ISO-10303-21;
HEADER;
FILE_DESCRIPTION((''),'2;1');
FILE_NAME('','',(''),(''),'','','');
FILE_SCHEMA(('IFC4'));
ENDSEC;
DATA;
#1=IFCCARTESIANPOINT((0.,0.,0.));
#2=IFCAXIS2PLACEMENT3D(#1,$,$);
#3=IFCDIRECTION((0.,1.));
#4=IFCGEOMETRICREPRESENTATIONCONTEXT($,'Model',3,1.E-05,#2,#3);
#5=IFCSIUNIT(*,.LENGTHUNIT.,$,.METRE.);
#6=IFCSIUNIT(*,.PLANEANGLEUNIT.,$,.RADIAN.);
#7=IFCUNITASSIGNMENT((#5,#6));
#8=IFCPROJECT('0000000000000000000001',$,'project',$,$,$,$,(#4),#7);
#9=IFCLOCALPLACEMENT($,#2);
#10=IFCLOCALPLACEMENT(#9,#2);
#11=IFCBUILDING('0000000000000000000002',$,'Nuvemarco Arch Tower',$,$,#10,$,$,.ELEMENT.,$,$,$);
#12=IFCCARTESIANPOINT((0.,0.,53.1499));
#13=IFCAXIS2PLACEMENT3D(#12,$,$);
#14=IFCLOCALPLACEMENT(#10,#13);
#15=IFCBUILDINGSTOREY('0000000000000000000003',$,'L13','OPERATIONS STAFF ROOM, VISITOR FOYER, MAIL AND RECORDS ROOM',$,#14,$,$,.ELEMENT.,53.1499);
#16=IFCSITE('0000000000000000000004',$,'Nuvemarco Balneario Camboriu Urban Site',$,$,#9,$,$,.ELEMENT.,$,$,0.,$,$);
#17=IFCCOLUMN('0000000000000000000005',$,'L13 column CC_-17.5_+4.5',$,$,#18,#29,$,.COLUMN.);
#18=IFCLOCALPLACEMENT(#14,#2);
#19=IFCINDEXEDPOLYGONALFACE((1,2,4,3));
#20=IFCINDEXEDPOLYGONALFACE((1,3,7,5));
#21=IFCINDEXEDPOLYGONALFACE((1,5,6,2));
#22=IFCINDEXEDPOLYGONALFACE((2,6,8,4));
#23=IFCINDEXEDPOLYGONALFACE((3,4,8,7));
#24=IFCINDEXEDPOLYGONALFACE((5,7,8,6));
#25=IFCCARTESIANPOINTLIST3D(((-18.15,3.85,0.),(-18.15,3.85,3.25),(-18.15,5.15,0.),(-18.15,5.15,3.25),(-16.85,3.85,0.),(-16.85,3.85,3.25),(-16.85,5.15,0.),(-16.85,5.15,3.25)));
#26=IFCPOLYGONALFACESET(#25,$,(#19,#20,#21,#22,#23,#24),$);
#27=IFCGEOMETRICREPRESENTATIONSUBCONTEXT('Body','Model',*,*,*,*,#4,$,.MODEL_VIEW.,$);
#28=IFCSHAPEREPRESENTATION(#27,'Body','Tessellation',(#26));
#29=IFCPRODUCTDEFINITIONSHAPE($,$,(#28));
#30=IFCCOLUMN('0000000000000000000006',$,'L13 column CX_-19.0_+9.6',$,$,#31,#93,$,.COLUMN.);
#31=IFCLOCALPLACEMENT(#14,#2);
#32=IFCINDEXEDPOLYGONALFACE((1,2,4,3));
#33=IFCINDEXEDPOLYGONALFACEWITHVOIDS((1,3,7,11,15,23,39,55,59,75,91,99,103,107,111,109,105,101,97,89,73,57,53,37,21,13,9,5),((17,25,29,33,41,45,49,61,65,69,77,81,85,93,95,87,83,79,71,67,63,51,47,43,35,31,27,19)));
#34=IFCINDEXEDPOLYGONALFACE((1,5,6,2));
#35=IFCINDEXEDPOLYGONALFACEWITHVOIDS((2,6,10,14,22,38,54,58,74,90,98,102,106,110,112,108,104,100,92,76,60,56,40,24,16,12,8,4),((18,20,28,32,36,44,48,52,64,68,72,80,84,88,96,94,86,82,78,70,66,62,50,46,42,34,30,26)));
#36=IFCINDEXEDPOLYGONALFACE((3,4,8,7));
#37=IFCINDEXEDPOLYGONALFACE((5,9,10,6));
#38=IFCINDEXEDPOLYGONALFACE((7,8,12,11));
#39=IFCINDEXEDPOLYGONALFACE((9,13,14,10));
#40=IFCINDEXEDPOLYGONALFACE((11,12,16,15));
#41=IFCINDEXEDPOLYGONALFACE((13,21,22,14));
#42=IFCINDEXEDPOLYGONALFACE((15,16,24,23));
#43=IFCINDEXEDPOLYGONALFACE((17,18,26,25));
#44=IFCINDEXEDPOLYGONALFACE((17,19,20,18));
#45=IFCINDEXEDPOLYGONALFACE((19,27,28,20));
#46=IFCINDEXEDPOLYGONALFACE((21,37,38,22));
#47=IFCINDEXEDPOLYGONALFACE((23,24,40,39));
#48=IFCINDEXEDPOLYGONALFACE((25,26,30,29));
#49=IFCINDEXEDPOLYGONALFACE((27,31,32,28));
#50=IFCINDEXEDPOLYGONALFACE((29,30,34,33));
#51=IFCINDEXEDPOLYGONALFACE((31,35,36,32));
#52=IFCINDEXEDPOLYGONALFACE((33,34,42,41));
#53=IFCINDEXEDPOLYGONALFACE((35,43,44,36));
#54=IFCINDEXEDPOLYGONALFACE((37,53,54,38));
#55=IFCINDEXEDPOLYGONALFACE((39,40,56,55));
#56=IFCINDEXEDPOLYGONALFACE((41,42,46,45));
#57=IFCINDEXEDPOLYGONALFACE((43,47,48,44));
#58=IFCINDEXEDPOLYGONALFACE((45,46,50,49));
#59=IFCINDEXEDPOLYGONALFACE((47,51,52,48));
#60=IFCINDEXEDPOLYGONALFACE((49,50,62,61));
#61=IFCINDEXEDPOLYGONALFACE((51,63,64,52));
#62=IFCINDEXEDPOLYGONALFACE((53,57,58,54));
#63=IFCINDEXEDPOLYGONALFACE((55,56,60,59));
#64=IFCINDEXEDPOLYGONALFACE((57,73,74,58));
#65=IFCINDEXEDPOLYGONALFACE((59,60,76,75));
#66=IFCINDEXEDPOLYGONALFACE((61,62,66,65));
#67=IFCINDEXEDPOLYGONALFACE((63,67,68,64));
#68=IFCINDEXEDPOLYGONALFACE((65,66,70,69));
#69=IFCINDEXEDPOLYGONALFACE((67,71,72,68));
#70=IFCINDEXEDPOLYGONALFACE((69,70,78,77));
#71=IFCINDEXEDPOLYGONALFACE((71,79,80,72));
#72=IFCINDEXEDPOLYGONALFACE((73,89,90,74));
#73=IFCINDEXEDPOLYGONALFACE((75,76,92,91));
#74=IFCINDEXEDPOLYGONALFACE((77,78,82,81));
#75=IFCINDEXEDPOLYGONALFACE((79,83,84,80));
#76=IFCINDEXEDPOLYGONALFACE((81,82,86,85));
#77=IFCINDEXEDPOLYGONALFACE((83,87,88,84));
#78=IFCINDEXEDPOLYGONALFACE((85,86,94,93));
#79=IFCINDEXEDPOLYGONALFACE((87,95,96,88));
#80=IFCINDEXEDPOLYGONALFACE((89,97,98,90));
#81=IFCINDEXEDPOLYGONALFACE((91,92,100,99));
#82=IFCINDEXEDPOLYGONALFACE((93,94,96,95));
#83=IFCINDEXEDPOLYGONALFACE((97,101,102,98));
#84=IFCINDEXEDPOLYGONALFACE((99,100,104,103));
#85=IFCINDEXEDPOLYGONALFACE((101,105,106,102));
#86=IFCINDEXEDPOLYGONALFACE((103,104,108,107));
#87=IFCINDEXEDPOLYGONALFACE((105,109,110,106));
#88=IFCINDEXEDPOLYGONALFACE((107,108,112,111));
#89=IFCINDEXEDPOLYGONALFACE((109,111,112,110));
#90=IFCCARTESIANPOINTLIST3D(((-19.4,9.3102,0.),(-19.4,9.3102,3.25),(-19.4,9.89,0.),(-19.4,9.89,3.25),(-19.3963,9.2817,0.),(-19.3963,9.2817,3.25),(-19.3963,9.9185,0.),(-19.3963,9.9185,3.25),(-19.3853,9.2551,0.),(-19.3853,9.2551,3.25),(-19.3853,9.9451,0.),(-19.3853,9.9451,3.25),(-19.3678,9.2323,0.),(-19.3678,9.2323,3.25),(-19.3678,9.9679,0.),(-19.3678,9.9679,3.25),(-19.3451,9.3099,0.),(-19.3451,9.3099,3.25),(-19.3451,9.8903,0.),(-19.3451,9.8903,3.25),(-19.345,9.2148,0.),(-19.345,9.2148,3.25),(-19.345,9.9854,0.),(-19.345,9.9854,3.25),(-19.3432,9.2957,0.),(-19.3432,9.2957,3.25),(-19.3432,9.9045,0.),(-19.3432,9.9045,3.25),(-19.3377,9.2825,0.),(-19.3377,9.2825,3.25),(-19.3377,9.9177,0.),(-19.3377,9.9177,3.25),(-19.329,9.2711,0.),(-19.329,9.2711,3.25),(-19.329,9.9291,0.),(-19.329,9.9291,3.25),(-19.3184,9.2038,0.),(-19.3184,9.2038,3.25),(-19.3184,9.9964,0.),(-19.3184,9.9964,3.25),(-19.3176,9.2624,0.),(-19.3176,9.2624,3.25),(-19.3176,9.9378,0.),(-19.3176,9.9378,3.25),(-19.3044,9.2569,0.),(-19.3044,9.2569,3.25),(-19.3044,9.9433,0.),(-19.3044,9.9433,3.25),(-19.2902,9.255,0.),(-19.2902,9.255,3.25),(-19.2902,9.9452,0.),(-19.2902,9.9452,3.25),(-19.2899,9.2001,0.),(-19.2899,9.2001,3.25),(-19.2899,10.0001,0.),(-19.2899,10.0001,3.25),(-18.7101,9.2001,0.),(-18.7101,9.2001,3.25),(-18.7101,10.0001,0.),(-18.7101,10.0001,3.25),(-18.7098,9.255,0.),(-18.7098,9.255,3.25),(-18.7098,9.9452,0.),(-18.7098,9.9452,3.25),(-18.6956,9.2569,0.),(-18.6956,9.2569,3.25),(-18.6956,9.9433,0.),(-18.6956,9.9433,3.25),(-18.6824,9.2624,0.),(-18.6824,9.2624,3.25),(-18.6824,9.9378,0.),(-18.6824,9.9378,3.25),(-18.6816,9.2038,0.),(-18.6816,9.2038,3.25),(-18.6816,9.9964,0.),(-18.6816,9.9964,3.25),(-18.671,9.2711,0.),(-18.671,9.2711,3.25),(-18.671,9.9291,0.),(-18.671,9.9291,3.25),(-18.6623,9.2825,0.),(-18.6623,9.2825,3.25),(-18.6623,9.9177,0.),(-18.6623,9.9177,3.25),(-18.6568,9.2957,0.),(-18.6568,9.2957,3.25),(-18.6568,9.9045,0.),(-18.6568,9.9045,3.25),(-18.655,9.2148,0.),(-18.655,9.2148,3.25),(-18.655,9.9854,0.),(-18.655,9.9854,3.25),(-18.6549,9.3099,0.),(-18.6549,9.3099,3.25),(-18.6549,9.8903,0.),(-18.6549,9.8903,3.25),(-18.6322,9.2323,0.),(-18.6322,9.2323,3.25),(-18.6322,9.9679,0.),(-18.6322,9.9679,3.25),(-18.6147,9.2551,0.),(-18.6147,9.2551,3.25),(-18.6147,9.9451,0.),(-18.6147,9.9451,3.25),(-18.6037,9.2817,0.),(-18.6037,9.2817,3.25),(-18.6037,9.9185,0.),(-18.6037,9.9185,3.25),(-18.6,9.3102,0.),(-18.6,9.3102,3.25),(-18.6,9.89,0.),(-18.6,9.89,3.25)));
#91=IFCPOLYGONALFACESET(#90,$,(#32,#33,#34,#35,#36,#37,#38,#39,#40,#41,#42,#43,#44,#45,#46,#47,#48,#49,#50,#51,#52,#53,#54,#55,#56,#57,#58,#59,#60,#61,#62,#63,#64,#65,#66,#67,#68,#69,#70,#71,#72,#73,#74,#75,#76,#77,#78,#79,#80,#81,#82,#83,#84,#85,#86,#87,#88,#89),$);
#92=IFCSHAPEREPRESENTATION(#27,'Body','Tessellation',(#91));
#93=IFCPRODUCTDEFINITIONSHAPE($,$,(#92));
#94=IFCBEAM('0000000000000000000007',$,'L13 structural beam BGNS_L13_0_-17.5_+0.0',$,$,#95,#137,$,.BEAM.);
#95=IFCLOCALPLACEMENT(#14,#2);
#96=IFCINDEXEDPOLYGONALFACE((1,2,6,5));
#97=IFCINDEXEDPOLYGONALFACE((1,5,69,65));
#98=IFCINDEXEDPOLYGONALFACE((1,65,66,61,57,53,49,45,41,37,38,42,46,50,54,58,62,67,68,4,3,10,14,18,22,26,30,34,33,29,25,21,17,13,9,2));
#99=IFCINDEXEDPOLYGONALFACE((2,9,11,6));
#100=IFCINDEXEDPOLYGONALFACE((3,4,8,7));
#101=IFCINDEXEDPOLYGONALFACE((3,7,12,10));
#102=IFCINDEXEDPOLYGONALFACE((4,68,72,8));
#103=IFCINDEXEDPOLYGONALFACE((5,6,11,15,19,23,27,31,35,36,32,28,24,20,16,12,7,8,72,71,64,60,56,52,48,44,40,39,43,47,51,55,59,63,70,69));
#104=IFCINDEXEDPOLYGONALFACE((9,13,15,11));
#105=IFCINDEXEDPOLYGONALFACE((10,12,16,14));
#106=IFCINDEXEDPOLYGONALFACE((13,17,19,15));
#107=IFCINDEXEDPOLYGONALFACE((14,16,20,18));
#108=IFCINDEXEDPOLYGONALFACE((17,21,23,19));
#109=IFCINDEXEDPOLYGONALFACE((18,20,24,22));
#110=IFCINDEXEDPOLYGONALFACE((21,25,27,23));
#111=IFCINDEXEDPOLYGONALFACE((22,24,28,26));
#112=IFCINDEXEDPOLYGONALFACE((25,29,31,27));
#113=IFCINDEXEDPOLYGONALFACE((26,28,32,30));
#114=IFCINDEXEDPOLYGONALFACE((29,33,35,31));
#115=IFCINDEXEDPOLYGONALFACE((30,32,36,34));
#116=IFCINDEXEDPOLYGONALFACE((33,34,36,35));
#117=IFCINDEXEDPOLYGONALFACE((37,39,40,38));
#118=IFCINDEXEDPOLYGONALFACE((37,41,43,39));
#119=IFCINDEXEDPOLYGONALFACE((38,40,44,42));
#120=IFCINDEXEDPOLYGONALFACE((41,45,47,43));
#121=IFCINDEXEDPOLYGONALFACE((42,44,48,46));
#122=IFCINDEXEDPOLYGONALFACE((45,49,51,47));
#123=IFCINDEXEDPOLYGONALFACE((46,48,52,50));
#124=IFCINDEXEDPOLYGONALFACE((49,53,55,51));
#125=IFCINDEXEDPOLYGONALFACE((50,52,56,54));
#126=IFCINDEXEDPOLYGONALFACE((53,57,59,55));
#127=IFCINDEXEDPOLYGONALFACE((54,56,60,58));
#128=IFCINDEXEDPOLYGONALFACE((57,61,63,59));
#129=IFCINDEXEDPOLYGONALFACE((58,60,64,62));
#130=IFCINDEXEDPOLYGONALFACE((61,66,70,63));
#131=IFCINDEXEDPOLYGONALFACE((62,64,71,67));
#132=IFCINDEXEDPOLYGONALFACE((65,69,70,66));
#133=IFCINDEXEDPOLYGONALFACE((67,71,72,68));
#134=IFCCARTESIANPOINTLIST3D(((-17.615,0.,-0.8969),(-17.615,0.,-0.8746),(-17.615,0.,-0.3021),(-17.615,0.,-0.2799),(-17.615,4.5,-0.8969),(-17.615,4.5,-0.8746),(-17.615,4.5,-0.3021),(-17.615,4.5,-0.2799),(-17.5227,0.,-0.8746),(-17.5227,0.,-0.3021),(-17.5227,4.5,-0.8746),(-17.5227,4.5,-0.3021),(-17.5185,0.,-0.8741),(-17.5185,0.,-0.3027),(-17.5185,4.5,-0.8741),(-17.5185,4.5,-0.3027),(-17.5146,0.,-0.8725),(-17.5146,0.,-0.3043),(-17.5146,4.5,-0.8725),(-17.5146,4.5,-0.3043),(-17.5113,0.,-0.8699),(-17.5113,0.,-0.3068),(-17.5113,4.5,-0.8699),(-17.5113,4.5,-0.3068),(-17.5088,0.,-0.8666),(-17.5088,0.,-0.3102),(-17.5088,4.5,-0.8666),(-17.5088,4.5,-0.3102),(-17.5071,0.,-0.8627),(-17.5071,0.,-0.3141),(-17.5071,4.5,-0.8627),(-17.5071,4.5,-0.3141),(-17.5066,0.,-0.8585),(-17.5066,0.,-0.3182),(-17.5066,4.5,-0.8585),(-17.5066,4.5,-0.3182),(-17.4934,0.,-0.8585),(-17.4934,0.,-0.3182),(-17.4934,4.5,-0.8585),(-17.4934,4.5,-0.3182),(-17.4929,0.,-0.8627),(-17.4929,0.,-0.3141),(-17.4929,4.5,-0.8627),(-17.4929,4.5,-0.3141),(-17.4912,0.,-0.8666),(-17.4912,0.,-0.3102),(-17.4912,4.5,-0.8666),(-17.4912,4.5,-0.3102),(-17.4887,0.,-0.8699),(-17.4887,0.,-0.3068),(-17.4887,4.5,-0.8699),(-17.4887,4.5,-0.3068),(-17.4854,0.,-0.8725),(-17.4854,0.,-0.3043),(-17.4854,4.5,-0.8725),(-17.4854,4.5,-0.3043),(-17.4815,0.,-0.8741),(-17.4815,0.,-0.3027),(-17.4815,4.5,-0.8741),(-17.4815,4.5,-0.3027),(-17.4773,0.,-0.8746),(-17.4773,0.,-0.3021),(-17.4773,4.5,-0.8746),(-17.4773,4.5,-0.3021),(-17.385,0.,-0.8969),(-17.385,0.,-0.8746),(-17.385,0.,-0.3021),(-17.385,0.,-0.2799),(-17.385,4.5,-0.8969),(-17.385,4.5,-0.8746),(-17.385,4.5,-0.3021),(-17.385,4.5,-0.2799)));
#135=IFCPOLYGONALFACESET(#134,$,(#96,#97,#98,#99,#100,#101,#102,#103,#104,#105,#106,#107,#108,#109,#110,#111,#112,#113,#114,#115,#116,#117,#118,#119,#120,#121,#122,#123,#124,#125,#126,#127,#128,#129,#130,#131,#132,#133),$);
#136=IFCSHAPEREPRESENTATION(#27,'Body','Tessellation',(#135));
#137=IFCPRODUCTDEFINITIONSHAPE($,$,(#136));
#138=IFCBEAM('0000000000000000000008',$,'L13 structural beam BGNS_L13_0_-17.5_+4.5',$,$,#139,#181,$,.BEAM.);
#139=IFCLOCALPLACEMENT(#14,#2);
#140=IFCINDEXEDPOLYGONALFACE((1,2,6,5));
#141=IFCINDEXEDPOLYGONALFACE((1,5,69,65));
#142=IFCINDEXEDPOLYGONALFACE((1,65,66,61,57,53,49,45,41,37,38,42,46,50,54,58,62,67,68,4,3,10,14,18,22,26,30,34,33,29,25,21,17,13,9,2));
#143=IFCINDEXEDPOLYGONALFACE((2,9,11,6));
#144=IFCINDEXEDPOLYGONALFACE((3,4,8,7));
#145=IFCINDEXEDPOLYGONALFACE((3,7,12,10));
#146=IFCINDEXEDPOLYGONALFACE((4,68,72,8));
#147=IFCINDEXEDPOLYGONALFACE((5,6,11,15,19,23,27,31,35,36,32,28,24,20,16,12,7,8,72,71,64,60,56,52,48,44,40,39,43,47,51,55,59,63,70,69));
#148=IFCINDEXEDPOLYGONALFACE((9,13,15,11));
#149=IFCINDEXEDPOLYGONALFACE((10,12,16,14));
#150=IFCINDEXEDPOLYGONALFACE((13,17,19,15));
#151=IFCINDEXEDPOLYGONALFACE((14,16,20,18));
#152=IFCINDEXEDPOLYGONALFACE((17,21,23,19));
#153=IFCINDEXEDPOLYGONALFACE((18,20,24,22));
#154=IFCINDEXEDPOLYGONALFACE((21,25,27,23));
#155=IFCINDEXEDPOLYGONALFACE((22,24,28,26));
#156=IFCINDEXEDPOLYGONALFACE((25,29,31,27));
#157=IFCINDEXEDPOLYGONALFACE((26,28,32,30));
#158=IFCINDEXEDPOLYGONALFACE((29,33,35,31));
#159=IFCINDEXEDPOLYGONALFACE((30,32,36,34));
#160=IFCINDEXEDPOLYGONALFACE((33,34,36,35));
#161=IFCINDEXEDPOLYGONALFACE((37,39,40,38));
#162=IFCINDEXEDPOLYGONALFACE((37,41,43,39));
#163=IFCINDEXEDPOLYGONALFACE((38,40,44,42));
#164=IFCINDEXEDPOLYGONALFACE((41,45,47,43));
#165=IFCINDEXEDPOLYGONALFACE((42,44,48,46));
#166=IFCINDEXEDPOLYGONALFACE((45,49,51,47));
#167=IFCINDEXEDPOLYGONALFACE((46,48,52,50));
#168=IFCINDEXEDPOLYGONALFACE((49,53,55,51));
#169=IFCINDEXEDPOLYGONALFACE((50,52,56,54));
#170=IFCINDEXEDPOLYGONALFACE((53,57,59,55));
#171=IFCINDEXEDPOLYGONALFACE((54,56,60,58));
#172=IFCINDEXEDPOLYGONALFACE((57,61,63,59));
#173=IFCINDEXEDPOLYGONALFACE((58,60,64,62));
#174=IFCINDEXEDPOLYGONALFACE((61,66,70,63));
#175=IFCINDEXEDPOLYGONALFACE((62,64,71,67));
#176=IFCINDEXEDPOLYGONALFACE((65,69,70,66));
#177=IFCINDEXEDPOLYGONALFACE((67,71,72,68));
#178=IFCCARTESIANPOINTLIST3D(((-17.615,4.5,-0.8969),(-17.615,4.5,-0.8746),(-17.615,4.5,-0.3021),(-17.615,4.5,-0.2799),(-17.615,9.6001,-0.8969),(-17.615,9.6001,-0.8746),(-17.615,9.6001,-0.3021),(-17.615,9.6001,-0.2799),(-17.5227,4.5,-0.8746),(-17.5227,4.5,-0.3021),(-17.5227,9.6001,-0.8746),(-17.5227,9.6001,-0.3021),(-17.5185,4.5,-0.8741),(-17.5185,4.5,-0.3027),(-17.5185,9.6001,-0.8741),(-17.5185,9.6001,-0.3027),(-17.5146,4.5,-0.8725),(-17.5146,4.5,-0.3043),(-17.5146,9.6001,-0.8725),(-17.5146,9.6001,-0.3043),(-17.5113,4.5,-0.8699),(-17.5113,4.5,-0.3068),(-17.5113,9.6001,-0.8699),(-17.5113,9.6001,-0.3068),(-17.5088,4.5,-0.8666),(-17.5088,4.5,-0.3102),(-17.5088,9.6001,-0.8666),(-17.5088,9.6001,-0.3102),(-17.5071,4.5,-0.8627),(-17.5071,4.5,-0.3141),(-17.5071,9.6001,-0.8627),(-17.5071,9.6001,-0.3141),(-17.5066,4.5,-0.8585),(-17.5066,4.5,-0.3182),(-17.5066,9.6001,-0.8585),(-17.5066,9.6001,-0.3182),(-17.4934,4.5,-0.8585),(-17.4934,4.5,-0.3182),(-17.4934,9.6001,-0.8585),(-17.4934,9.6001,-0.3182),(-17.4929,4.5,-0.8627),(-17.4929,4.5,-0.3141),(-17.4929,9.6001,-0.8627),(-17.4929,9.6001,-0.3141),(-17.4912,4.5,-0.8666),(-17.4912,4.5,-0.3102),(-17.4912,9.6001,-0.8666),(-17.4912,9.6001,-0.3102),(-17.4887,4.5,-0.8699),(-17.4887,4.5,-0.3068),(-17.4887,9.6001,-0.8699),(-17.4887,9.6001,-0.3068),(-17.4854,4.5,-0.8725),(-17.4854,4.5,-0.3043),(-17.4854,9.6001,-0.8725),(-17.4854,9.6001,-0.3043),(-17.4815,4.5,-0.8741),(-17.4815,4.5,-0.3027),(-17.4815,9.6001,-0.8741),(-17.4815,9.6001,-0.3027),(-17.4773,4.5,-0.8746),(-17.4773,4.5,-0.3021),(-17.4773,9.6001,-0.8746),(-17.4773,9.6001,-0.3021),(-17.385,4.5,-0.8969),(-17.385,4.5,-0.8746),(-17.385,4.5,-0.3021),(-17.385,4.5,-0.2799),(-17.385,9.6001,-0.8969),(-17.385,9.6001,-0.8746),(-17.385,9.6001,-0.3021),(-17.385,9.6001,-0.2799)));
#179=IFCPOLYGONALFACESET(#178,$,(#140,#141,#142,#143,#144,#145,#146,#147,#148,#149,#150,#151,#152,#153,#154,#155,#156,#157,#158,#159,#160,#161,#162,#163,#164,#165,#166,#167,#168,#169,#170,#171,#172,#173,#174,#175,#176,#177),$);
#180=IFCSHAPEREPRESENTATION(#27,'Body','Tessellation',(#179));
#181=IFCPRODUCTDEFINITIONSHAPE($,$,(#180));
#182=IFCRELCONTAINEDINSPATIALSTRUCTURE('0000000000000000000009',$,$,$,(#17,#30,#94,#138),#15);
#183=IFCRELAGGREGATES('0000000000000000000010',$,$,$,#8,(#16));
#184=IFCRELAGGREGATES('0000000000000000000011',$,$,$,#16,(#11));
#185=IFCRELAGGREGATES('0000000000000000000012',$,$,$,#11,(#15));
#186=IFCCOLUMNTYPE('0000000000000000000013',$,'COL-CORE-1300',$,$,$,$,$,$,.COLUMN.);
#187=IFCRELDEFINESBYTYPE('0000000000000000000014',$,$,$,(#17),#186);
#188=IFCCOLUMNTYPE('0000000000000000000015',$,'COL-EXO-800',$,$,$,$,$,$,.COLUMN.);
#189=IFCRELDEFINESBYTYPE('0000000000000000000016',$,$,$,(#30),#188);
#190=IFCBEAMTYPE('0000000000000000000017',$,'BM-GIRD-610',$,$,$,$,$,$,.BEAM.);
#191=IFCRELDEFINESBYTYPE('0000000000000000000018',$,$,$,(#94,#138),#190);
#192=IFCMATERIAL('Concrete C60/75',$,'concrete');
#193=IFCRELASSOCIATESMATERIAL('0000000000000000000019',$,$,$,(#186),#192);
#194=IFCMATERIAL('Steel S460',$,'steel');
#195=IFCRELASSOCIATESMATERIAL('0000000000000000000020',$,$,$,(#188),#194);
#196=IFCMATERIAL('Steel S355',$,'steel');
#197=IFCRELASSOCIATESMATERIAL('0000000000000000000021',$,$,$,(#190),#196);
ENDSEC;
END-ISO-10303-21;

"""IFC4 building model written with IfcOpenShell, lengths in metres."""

from ifc_helpers import new_model, si_unit, direction, frame, origin, origin_2d, place, context, subcontext, project, spatial, rectangle, hollow_rectangle, i_section, extrude, material, material_profile, profile_set, type_object, element, save


model = new_model("IFC4")

# Units and contexts
model_context = context("Model", 3, precision=1e-05, world=origin(), true_north=direction((0.0, 1.0)))
body_context = subcontext(model_context, "Body", "Model", "MODEL_VIEW")
ifc_project = project(units=[si_unit("LENGTHUNIT", "METRE"), si_unit("PLANEANGLEUNIT", "RADIAN")], contexts=[model_context])

# Site, building, storey
site_placement = place(None, origin())
site = spatial("IfcSite", under=ifc_project, at=site_placement, Name="Nuvemarco Balneario Camboriu Urban Site", CompositionType="ELEMENT", RefElevation=0.0)
building_placement = place(site_placement, origin())
building = spatial("IfcBuilding", under=site, at=building_placement, Name="Nuvemarco Arch Tower", CompositionType="ELEMENT")
storey_placement = place(building_placement, frame((0.0, 0.0, 53.1499)))
storey = spatial("IfcBuildingStorey", under=building, at=storey_placement, Name="L13", Description="OPERATIONS STAFF ROOM, VISITOR FOYER, MAIL AND RECORDS ROOM", CompositionType="ELEMENT", Elevation=53.1499)

# Columns
ifc_material_1 = material(Name="Concrete C60/75", Category="concrete")
ifc_material_profile_1 = material_profile(ifc_material_1, rectangle(XDim=1.3, YDim=1.3, at=origin_2d()), Name="RC-COL-1300x1300")
ifc_profile_set_1 = profile_set([ifc_material_profile_1], Name="Concrete C60/75")
column_type_1 = type_object("IfcColumnType", Name="COL-CORE-1300", PredefinedType="COLUMN", material=ifc_profile_set_1)
column_1_placement = place(storey_placement, frame((-17.5, 4.5, 0.0), z_axis=(0.0, 0.0, 1.0), x_axis=(1.0, 0.0, 0.0)))
element("IfcColumn", 1, at=column_1_placement, inside=storey, type_object=column_type_1, Name="L13 column CC_-17.5_+4.5", PredefinedType="COLUMN", context=body_context, shape_type="SweptSolid", body=[
    extrude(rectangle(XDim=1.3, YDim=1.3, at=origin_2d()), origin(), (0.0, 0.0, 1.0), 3.25),
])
ifc_material_2 = material(Name="Steel S460", Category="steel")
ifc_material_profile_2 = material_profile(ifc_material_2, hollow_rectangle(XDim=0.8, YDim=0.8, WallThickness=0.0549, InnerFilletRadius=0.0549, OuterFilletRadius=0.1101, at=origin_2d()), Name="SHS800x800x55")
ifc_profile_set_2 = profile_set([ifc_material_profile_2], Name="Steel S460")
column_type_2 = type_object("IfcColumnType", Name="COL-EXO-800", PredefinedType="COLUMN", material=ifc_profile_set_2)
column_2_placement = place(storey_placement, frame((-19.0, 9.6001, 0.0), z_axis=(0.0, 0.0, 1.0), x_axis=(1.0, 0.0, 0.0)))
element("IfcColumn", 2, at=column_2_placement, inside=storey, type_object=column_type_2, Name="L13 column CX_-19.0_+9.6", PredefinedType="COLUMN", context=body_context, shape_type="SweptSolid", body=[
    extrude(hollow_rectangle(XDim=0.8, YDim=0.8, WallThickness=0.0549, InnerFilletRadius=0.0549, OuterFilletRadius=0.1101, at=origin_2d()), origin(), (0.0, 0.0, 1.0), 3.25),
])

# Beams
ifc_material_3 = material(Name="Steel S355", Category="steel")
ifc_material_profile_3 = material_profile(ifc_material_3, i_section(OverallWidth=0.23, OverallDepth=0.6169, WebThickness=0.0132, FlangeThickness=0.0222, FilletRadius=0.0161, at=origin_2d()), Name="W610x140")
ifc_profile_set_3 = profile_set([ifc_material_profile_3], Name="Steel S355")
beam_type_1 = type_object("IfcBeamType", Name="BM-GIRD-610", PredefinedType="BEAM", material=ifc_profile_set_3)
beam_1_placement = place(storey_placement, frame((-17.5, 0.0, -0.5884), z_axis=(0.0, 1.0, 0.0), x_axis=(-1.0, 0.0, 0.0)))
element("IfcBeam", 3, at=beam_1_placement, inside=storey, type_object=beam_type_1, Name="L13 structural beam BGNS_L13_0_-17.5_+0.0", PredefinedType="BEAM", context=body_context, shape_type="SweptSolid", body=[
    extrude(i_section(OverallWidth=0.23, OverallDepth=0.6169, WebThickness=0.0132, FlangeThickness=0.0222, FilletRadius=0.0161, at=origin_2d()), origin(), (0.0, 0.0, 1.0), 4.5),
])
beam_2_placement = place(storey_placement, frame((-17.5, 4.5, -0.5884), z_axis=(0.0, 1.0, 0.0), x_axis=(-1.0, 0.0, 0.0)))
element("IfcBeam", 4, at=beam_2_placement, inside=storey, type_object=beam_type_1, Name="L13 structural beam BGNS_L13_0_-17.5_+4.5", PredefinedType="BEAM", context=body_context, shape_type="SweptSolid", body=[
    extrude(i_section(OverallWidth=0.23, OverallDepth=0.6169, WebThickness=0.0132, FlangeThickness=0.0222, FilletRadius=0.0161, at=origin_2d()), origin(), (0.0, 0.0, 1.0), 5.1001),
])

save(model, "model.ifc")
